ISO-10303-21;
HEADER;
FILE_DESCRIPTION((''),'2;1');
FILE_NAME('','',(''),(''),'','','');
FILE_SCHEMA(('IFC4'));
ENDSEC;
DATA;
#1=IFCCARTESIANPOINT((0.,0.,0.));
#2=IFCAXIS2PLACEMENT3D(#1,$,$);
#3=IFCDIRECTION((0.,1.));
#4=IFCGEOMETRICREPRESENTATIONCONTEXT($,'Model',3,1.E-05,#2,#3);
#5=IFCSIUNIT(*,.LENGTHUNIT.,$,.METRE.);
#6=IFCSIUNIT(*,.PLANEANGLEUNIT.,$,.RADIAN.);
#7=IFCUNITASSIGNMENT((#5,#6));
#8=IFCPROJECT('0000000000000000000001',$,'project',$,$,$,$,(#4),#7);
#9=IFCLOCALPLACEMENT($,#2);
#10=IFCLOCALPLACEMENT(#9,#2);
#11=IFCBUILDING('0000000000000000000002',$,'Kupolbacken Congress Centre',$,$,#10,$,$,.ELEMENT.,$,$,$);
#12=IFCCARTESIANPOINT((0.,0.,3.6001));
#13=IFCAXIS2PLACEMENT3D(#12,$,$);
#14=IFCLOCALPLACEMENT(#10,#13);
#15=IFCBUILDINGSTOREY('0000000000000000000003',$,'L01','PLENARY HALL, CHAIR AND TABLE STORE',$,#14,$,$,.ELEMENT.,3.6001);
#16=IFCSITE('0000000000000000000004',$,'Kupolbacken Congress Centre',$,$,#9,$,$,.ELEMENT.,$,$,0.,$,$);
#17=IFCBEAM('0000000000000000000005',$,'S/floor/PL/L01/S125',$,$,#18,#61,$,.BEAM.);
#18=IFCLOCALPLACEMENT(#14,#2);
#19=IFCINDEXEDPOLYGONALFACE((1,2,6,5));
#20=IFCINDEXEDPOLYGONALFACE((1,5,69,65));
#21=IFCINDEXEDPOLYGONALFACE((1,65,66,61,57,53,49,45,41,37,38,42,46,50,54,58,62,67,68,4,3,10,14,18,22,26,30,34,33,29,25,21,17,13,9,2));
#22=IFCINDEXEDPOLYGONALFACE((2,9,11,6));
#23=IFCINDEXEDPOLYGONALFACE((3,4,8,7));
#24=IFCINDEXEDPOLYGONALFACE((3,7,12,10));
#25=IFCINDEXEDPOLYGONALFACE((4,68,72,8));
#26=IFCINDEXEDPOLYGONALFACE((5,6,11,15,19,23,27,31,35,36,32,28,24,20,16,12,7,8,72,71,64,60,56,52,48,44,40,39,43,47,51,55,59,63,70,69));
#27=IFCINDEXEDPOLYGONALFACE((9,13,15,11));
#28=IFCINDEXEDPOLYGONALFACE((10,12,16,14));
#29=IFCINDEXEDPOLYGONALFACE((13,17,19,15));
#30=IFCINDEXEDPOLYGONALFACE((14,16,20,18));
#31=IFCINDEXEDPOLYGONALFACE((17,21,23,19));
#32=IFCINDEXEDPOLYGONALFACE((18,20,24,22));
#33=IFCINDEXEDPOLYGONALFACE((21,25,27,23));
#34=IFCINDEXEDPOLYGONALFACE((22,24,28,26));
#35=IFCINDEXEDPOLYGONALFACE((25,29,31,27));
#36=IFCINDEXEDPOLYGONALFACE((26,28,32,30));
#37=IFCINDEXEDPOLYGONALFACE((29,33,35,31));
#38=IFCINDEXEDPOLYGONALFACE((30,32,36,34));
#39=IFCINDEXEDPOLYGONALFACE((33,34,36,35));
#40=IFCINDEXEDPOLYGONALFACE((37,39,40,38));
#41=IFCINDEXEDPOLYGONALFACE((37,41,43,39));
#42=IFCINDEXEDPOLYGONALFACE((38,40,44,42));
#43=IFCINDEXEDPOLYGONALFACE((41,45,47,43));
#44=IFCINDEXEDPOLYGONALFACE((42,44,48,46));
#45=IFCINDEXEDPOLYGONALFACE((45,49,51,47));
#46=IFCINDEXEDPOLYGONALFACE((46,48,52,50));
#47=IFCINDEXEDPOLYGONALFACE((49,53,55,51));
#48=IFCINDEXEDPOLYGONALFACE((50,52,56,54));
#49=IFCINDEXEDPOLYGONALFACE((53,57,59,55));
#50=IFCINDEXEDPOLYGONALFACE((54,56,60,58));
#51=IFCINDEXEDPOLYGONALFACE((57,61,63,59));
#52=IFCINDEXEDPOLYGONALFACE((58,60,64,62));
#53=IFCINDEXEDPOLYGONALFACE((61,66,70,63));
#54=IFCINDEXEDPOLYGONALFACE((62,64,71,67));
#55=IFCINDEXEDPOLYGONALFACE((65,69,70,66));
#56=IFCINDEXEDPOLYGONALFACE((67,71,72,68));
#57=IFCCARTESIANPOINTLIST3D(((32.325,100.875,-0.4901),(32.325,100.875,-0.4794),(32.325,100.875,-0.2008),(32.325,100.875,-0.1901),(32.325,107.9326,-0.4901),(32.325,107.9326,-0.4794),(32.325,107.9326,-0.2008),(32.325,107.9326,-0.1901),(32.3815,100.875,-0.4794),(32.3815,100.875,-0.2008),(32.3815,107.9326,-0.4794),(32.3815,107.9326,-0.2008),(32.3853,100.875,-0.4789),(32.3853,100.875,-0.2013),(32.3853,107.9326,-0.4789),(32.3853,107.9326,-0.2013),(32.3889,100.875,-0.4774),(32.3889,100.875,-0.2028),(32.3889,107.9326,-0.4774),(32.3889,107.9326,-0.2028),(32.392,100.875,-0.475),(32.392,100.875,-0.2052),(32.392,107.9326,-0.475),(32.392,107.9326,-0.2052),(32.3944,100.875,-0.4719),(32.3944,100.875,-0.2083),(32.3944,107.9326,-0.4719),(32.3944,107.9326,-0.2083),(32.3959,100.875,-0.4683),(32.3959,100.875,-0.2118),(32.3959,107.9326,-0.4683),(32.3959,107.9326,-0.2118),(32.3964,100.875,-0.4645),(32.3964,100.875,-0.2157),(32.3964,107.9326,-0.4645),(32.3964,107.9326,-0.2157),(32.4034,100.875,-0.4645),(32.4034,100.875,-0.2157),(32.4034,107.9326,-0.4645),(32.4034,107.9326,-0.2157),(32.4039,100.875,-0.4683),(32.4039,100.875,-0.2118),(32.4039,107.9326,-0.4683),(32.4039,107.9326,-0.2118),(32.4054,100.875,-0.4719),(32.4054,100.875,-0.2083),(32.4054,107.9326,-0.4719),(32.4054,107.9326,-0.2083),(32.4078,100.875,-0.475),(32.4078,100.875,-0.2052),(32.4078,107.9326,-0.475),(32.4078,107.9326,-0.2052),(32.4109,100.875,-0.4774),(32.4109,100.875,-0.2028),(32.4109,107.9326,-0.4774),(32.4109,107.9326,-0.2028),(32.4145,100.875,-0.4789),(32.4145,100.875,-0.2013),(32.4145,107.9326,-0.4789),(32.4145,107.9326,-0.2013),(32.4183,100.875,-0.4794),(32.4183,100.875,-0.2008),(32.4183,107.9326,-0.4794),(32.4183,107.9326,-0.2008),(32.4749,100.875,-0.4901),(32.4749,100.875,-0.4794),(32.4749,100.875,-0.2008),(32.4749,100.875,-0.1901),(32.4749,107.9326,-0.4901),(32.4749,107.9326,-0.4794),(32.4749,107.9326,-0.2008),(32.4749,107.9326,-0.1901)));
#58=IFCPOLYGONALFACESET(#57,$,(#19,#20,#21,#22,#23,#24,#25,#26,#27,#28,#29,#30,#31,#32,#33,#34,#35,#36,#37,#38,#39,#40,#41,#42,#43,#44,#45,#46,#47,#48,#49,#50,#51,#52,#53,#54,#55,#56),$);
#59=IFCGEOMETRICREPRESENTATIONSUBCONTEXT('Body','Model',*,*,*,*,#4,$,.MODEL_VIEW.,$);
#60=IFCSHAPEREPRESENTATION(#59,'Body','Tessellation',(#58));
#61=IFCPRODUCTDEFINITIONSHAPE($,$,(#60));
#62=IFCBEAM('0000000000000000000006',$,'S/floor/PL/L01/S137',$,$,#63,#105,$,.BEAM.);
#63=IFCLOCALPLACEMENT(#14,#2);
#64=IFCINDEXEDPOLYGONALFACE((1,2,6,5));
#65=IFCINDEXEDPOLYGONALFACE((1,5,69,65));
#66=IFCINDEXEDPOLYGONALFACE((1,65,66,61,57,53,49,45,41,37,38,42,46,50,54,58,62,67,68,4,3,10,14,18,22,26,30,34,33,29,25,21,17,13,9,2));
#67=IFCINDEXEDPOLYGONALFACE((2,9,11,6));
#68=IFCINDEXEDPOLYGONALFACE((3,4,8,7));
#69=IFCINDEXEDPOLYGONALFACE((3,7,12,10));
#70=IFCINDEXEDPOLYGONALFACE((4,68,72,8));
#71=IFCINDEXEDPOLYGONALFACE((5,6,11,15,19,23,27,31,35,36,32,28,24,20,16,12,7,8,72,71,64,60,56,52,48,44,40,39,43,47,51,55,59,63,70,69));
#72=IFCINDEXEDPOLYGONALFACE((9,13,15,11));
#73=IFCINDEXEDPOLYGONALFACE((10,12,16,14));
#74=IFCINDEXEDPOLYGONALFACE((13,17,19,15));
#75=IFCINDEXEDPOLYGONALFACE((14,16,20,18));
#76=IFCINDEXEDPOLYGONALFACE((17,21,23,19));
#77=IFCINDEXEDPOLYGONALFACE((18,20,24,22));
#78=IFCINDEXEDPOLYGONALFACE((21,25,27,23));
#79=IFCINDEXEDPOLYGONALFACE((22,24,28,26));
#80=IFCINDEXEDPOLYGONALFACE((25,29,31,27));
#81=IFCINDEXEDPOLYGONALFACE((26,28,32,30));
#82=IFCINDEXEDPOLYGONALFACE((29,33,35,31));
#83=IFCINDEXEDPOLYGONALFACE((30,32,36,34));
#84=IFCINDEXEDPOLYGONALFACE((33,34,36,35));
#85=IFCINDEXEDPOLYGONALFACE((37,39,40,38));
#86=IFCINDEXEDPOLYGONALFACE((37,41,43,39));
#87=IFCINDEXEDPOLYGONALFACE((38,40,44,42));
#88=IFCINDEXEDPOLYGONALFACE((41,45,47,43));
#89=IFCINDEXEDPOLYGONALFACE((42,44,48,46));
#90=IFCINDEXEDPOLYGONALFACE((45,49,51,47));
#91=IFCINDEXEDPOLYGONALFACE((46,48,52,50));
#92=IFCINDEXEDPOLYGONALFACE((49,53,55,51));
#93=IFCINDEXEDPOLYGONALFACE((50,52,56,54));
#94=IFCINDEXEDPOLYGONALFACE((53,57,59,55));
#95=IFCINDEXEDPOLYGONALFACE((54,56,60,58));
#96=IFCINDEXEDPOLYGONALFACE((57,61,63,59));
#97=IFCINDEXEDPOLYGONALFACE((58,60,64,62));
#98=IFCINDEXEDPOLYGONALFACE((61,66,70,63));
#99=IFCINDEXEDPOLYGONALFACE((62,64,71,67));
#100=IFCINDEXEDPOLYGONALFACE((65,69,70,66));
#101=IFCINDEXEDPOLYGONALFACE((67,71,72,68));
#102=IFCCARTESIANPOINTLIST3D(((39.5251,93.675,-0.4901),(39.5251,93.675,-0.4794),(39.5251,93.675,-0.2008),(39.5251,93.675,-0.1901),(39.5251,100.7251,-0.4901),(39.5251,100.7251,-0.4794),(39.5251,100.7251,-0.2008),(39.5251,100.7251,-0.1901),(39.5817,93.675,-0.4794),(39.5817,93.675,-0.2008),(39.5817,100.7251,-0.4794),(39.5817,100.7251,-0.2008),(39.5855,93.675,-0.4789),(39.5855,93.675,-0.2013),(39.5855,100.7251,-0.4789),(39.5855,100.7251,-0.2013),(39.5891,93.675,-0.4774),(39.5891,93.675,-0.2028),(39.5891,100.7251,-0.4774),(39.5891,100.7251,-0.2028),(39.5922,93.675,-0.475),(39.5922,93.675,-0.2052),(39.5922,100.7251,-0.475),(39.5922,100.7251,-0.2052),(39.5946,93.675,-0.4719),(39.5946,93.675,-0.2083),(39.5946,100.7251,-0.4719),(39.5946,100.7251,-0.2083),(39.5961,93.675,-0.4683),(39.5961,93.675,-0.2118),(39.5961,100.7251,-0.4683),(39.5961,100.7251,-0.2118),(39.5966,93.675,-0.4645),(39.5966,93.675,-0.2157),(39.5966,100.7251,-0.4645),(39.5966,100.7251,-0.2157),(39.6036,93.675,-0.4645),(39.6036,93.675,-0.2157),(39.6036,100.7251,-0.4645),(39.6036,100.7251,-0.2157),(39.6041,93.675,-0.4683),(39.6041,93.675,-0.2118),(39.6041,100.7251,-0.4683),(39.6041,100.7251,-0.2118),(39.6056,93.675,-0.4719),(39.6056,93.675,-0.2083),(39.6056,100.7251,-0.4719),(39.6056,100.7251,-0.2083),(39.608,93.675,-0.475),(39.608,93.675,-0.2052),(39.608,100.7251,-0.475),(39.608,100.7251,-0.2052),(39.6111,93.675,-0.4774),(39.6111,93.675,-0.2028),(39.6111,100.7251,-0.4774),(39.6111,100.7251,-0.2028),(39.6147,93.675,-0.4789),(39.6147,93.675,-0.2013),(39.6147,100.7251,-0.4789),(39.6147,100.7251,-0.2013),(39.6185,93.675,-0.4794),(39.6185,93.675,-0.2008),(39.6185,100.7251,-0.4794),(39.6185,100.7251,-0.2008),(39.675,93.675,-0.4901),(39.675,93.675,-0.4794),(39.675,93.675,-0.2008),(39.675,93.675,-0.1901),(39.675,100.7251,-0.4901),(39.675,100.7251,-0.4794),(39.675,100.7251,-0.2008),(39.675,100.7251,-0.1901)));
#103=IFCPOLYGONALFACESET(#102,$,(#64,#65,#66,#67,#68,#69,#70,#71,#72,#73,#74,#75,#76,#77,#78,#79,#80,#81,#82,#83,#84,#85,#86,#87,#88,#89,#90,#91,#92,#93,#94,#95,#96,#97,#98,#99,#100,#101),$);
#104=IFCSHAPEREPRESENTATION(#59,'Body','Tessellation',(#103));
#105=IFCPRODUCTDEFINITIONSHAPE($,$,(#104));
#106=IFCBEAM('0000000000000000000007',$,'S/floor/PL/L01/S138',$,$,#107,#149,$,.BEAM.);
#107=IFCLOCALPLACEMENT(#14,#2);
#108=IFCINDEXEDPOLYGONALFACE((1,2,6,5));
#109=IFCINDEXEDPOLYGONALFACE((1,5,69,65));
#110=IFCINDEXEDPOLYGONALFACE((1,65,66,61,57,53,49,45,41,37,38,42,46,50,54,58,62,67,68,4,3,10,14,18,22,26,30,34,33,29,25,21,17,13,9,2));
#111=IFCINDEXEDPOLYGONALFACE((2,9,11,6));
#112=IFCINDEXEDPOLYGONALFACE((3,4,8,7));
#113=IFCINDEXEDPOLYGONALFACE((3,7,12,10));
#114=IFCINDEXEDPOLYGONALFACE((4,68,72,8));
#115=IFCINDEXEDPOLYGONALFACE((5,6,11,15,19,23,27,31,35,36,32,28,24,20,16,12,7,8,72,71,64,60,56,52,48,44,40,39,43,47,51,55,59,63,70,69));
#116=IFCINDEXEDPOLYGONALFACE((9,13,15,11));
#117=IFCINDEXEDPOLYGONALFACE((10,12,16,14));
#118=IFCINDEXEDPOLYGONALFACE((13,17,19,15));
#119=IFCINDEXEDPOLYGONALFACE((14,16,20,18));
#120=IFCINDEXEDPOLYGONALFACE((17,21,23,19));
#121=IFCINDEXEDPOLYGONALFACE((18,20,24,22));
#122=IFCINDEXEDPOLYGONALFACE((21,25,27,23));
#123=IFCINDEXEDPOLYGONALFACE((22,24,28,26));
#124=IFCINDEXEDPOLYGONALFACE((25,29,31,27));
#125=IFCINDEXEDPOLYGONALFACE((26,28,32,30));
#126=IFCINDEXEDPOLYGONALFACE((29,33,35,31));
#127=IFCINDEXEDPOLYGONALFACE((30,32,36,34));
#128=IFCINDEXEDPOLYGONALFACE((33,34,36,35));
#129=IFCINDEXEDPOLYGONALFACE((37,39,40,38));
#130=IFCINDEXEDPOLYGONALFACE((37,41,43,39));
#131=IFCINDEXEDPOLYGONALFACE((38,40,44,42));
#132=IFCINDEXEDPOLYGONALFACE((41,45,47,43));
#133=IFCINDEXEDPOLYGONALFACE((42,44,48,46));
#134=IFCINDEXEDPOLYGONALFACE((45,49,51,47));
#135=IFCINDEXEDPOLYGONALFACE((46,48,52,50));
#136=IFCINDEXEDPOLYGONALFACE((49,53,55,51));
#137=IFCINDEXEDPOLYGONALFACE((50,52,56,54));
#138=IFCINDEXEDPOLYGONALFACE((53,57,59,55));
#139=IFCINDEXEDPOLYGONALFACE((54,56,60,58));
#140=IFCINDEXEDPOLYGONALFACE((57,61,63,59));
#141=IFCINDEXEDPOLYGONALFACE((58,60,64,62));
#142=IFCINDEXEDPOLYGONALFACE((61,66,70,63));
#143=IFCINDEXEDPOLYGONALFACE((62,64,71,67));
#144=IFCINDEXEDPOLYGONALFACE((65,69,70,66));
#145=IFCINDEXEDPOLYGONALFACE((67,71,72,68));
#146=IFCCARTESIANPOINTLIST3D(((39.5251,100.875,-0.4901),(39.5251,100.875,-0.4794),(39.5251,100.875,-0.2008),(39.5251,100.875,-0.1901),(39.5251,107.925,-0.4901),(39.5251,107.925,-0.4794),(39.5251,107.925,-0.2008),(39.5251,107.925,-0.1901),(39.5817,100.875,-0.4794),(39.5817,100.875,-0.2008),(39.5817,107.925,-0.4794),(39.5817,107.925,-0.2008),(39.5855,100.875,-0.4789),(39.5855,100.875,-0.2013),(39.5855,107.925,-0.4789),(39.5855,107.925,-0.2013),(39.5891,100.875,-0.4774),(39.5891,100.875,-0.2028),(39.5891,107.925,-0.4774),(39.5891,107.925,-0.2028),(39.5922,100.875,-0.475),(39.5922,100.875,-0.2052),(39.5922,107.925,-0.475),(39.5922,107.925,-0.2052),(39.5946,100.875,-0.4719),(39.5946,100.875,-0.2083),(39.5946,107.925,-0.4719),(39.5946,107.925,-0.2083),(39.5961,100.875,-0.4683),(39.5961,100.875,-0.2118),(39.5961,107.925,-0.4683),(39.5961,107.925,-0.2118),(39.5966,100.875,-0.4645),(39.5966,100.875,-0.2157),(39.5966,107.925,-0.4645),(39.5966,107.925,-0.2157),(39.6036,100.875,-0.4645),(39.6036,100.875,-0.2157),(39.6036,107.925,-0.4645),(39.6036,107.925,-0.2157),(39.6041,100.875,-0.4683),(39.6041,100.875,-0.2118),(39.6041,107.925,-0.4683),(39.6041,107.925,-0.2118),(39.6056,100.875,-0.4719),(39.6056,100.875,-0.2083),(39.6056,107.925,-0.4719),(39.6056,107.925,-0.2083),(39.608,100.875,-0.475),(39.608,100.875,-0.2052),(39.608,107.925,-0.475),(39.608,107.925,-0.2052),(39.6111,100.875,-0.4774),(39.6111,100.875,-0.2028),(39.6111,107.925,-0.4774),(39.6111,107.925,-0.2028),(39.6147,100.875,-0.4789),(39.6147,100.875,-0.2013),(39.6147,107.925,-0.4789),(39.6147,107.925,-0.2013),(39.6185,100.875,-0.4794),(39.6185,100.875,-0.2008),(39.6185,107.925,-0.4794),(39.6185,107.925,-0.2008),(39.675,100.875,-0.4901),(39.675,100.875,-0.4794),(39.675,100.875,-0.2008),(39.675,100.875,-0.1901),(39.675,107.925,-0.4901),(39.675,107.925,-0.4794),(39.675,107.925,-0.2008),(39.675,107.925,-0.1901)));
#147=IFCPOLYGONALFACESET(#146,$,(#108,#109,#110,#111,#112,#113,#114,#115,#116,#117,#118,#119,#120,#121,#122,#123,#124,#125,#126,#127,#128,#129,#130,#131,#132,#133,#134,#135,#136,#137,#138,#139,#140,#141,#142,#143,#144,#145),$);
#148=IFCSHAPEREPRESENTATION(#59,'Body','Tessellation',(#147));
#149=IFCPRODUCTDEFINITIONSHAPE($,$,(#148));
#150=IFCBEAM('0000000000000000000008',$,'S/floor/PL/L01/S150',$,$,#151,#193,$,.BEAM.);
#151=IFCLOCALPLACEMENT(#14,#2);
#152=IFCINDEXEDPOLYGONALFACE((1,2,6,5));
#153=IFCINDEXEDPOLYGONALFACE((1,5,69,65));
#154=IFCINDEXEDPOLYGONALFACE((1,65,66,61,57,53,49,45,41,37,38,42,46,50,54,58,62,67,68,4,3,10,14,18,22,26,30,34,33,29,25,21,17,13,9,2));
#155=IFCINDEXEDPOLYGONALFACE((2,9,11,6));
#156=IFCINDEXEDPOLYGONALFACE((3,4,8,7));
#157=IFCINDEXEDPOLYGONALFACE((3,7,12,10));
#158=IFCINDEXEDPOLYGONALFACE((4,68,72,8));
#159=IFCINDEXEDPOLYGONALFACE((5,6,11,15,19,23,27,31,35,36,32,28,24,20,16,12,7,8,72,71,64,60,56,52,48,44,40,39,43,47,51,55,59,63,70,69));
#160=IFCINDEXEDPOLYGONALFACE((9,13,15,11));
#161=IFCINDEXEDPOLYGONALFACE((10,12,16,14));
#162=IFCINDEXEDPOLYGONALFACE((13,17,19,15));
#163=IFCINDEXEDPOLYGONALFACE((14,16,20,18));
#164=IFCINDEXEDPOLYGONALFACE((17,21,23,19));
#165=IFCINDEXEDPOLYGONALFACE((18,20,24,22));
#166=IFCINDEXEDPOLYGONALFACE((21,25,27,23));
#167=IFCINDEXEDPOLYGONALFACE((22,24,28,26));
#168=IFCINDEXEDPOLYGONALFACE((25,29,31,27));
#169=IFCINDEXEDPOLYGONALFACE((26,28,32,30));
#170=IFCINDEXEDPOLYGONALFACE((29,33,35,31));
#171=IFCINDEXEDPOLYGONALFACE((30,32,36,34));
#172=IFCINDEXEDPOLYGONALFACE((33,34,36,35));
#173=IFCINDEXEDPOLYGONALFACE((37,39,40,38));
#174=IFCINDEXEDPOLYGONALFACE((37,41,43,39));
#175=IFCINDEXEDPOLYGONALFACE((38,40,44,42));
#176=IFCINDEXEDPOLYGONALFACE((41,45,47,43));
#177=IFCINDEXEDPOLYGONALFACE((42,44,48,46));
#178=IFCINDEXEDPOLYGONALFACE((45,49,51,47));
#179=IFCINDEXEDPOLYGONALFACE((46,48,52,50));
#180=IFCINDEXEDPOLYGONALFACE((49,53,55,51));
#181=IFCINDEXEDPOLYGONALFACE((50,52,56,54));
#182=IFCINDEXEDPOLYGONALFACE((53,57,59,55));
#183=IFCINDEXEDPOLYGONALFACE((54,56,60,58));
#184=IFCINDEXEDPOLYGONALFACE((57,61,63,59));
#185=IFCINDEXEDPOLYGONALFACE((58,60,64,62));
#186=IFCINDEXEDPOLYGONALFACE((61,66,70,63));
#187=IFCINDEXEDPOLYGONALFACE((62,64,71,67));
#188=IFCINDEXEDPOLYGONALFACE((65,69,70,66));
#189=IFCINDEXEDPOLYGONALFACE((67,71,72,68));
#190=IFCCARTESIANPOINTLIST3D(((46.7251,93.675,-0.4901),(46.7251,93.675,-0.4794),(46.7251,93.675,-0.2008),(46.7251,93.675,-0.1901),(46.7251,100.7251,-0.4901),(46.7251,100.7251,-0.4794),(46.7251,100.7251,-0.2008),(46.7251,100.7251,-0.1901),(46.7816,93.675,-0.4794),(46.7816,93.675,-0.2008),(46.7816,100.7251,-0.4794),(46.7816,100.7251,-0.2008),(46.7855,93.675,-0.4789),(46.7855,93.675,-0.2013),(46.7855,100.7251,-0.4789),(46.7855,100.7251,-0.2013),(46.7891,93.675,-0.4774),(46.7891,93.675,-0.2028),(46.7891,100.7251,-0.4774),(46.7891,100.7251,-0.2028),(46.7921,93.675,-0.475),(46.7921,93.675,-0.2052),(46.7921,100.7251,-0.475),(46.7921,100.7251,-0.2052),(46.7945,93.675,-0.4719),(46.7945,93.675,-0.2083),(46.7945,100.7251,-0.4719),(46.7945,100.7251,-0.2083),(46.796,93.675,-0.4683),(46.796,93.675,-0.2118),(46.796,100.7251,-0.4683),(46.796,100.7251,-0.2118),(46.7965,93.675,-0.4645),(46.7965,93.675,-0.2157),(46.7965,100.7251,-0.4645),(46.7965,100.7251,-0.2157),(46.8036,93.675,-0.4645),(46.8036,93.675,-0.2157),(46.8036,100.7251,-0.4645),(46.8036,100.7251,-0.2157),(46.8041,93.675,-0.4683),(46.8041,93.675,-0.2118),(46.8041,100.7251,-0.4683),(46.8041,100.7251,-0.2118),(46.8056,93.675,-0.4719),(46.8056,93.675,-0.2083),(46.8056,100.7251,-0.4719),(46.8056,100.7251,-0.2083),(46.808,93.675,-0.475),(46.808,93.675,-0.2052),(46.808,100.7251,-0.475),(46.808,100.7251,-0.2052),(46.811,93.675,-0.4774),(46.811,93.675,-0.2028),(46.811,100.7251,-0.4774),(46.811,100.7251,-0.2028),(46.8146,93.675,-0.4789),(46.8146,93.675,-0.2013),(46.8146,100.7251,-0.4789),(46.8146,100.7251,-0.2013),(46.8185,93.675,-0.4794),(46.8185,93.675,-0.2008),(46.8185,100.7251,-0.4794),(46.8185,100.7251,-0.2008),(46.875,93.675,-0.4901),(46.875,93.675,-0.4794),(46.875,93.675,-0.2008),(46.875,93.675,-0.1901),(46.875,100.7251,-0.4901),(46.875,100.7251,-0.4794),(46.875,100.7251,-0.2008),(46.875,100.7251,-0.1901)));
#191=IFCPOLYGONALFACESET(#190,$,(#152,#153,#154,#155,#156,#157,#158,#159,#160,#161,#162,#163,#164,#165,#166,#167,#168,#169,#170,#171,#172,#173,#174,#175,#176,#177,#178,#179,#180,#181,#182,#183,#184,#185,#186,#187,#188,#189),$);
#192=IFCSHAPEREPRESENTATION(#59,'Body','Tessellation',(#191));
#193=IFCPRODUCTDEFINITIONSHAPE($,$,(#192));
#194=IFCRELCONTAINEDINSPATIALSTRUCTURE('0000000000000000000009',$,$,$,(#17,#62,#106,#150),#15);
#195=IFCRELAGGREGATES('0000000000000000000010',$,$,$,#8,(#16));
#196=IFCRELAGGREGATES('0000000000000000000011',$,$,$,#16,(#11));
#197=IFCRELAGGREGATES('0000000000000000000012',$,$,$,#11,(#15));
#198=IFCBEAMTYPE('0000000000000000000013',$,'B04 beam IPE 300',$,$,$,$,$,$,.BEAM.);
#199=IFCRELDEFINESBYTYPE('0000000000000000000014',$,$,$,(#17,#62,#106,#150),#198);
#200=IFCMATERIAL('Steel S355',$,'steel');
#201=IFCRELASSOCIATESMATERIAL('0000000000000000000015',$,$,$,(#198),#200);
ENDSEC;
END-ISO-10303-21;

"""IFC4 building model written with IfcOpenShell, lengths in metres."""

from ifc_helpers import new_model, si_unit, direction, frame, origin, origin_2d, place, context, subcontext, project, spatial, i_section, extrude, material, material_profile, profile_set, type_object, element, save


model = new_model("IFC4")

# Units and contexts
model_context = context("Model", 3, precision=1e-05, world=origin(), true_north=direction((0.0, 1.0)))
body_context = subcontext(model_context, "Body", "Model", "MODEL_VIEW")
ifc_project = project(units=[si_unit("LENGTHUNIT", "METRE"), si_unit("PLANEANGLEUNIT", "RADIAN")], contexts=[model_context])

# Site, building, storey
site_placement = place(None, origin())
site = spatial("IfcSite", under=ifc_project, at=site_placement, Name="Kupolbacken Congress Centre", CompositionType="ELEMENT", RefElevation=0.0)
building_placement = place(site_placement, origin())
building = spatial("IfcBuilding", under=site, at=building_placement, Name="Kupolbacken Congress Centre", CompositionType="ELEMENT")
storey_placement = place(building_placement, frame((0.0, 0.0, 3.6001)))
storey = spatial("IfcBuildingStorey", under=building, at=storey_placement, Name="L01", Description="PLENARY HALL, CHAIR AND TABLE STORE", CompositionType="ELEMENT", Elevation=3.6001)

# Beams
ifc_material_1 = material(Name="Steel S355", Category="steel")
ifc_material_profile_1 = material_profile(ifc_material_1, i_section(OverallWidth=0.1499, OverallDepth=0.3, WebThickness=0.0071, FlangeThickness=0.0107, FilletRadius=0.0149, at=origin_2d()), Name="IPE 300")
ifc_profile_set_1 = profile_set([ifc_material_profile_1], Name="Steel S355")
beam_type_1 = type_object("IfcBeamType", Name="B04 beam IPE 300", PredefinedType="BEAM", material=ifc_profile_set_1)
beam_1_placement = place(storey_placement, frame((32.3999, 100.875, -0.3401), z_axis=(0.0, 1.0, 0.0), x_axis=(-1.0, 0.0, 0.0)))
element("IfcBeam", 1, at=beam_1_placement, inside=storey, type_object=beam_type_1, Name="S/floor/PL/L01/S125", PredefinedType="BEAM", context=body_context, shape_type="SweptSolid", body=[
    extrude(i_section(OverallWidth=0.1499, OverallDepth=0.3, WebThickness=0.0071, FlangeThickness=0.0107, FilletRadius=0.0149, at=origin_2d()), origin(), (0.0, 0.0, 1.0), 7.0576),
])
for number, where, z_axis, x_axis, name in (
    (2, (39.6001, 93.675, -0.3401), (0.0, 1.0, 0.0), (-1.0, 0.0, 0.0), "S/floor/PL/L01/S137"),
    (3, (39.6001, 100.875, -0.3401), (0.0, 1.0, 0.0), (-1.0, 0.0, 0.0), "S/floor/PL/L01/S138"),
    (4, (46.8, 93.675, -0.3401), (0.0, 1.0, 0.0), (-1.0, 0.0, 0.0), "S/floor/PL/L01/S150"),
):
    element("IfcBeam", number, at=place(storey_placement, frame(where, z_axis=z_axis, x_axis=x_axis)), inside=storey, type_object=beam_type_1, Name=name, PredefinedType="BEAM", context=body_context, shape_type="SweptSolid", body=[
        extrude(i_section(OverallWidth=0.1499, OverallDepth=0.3, WebThickness=0.0071, FlangeThickness=0.0107, FilletRadius=0.0149, at=origin_2d()), origin(), (0.0, 0.0, 1.0), 7.05),
    ])

save(model, "model.ifc")
